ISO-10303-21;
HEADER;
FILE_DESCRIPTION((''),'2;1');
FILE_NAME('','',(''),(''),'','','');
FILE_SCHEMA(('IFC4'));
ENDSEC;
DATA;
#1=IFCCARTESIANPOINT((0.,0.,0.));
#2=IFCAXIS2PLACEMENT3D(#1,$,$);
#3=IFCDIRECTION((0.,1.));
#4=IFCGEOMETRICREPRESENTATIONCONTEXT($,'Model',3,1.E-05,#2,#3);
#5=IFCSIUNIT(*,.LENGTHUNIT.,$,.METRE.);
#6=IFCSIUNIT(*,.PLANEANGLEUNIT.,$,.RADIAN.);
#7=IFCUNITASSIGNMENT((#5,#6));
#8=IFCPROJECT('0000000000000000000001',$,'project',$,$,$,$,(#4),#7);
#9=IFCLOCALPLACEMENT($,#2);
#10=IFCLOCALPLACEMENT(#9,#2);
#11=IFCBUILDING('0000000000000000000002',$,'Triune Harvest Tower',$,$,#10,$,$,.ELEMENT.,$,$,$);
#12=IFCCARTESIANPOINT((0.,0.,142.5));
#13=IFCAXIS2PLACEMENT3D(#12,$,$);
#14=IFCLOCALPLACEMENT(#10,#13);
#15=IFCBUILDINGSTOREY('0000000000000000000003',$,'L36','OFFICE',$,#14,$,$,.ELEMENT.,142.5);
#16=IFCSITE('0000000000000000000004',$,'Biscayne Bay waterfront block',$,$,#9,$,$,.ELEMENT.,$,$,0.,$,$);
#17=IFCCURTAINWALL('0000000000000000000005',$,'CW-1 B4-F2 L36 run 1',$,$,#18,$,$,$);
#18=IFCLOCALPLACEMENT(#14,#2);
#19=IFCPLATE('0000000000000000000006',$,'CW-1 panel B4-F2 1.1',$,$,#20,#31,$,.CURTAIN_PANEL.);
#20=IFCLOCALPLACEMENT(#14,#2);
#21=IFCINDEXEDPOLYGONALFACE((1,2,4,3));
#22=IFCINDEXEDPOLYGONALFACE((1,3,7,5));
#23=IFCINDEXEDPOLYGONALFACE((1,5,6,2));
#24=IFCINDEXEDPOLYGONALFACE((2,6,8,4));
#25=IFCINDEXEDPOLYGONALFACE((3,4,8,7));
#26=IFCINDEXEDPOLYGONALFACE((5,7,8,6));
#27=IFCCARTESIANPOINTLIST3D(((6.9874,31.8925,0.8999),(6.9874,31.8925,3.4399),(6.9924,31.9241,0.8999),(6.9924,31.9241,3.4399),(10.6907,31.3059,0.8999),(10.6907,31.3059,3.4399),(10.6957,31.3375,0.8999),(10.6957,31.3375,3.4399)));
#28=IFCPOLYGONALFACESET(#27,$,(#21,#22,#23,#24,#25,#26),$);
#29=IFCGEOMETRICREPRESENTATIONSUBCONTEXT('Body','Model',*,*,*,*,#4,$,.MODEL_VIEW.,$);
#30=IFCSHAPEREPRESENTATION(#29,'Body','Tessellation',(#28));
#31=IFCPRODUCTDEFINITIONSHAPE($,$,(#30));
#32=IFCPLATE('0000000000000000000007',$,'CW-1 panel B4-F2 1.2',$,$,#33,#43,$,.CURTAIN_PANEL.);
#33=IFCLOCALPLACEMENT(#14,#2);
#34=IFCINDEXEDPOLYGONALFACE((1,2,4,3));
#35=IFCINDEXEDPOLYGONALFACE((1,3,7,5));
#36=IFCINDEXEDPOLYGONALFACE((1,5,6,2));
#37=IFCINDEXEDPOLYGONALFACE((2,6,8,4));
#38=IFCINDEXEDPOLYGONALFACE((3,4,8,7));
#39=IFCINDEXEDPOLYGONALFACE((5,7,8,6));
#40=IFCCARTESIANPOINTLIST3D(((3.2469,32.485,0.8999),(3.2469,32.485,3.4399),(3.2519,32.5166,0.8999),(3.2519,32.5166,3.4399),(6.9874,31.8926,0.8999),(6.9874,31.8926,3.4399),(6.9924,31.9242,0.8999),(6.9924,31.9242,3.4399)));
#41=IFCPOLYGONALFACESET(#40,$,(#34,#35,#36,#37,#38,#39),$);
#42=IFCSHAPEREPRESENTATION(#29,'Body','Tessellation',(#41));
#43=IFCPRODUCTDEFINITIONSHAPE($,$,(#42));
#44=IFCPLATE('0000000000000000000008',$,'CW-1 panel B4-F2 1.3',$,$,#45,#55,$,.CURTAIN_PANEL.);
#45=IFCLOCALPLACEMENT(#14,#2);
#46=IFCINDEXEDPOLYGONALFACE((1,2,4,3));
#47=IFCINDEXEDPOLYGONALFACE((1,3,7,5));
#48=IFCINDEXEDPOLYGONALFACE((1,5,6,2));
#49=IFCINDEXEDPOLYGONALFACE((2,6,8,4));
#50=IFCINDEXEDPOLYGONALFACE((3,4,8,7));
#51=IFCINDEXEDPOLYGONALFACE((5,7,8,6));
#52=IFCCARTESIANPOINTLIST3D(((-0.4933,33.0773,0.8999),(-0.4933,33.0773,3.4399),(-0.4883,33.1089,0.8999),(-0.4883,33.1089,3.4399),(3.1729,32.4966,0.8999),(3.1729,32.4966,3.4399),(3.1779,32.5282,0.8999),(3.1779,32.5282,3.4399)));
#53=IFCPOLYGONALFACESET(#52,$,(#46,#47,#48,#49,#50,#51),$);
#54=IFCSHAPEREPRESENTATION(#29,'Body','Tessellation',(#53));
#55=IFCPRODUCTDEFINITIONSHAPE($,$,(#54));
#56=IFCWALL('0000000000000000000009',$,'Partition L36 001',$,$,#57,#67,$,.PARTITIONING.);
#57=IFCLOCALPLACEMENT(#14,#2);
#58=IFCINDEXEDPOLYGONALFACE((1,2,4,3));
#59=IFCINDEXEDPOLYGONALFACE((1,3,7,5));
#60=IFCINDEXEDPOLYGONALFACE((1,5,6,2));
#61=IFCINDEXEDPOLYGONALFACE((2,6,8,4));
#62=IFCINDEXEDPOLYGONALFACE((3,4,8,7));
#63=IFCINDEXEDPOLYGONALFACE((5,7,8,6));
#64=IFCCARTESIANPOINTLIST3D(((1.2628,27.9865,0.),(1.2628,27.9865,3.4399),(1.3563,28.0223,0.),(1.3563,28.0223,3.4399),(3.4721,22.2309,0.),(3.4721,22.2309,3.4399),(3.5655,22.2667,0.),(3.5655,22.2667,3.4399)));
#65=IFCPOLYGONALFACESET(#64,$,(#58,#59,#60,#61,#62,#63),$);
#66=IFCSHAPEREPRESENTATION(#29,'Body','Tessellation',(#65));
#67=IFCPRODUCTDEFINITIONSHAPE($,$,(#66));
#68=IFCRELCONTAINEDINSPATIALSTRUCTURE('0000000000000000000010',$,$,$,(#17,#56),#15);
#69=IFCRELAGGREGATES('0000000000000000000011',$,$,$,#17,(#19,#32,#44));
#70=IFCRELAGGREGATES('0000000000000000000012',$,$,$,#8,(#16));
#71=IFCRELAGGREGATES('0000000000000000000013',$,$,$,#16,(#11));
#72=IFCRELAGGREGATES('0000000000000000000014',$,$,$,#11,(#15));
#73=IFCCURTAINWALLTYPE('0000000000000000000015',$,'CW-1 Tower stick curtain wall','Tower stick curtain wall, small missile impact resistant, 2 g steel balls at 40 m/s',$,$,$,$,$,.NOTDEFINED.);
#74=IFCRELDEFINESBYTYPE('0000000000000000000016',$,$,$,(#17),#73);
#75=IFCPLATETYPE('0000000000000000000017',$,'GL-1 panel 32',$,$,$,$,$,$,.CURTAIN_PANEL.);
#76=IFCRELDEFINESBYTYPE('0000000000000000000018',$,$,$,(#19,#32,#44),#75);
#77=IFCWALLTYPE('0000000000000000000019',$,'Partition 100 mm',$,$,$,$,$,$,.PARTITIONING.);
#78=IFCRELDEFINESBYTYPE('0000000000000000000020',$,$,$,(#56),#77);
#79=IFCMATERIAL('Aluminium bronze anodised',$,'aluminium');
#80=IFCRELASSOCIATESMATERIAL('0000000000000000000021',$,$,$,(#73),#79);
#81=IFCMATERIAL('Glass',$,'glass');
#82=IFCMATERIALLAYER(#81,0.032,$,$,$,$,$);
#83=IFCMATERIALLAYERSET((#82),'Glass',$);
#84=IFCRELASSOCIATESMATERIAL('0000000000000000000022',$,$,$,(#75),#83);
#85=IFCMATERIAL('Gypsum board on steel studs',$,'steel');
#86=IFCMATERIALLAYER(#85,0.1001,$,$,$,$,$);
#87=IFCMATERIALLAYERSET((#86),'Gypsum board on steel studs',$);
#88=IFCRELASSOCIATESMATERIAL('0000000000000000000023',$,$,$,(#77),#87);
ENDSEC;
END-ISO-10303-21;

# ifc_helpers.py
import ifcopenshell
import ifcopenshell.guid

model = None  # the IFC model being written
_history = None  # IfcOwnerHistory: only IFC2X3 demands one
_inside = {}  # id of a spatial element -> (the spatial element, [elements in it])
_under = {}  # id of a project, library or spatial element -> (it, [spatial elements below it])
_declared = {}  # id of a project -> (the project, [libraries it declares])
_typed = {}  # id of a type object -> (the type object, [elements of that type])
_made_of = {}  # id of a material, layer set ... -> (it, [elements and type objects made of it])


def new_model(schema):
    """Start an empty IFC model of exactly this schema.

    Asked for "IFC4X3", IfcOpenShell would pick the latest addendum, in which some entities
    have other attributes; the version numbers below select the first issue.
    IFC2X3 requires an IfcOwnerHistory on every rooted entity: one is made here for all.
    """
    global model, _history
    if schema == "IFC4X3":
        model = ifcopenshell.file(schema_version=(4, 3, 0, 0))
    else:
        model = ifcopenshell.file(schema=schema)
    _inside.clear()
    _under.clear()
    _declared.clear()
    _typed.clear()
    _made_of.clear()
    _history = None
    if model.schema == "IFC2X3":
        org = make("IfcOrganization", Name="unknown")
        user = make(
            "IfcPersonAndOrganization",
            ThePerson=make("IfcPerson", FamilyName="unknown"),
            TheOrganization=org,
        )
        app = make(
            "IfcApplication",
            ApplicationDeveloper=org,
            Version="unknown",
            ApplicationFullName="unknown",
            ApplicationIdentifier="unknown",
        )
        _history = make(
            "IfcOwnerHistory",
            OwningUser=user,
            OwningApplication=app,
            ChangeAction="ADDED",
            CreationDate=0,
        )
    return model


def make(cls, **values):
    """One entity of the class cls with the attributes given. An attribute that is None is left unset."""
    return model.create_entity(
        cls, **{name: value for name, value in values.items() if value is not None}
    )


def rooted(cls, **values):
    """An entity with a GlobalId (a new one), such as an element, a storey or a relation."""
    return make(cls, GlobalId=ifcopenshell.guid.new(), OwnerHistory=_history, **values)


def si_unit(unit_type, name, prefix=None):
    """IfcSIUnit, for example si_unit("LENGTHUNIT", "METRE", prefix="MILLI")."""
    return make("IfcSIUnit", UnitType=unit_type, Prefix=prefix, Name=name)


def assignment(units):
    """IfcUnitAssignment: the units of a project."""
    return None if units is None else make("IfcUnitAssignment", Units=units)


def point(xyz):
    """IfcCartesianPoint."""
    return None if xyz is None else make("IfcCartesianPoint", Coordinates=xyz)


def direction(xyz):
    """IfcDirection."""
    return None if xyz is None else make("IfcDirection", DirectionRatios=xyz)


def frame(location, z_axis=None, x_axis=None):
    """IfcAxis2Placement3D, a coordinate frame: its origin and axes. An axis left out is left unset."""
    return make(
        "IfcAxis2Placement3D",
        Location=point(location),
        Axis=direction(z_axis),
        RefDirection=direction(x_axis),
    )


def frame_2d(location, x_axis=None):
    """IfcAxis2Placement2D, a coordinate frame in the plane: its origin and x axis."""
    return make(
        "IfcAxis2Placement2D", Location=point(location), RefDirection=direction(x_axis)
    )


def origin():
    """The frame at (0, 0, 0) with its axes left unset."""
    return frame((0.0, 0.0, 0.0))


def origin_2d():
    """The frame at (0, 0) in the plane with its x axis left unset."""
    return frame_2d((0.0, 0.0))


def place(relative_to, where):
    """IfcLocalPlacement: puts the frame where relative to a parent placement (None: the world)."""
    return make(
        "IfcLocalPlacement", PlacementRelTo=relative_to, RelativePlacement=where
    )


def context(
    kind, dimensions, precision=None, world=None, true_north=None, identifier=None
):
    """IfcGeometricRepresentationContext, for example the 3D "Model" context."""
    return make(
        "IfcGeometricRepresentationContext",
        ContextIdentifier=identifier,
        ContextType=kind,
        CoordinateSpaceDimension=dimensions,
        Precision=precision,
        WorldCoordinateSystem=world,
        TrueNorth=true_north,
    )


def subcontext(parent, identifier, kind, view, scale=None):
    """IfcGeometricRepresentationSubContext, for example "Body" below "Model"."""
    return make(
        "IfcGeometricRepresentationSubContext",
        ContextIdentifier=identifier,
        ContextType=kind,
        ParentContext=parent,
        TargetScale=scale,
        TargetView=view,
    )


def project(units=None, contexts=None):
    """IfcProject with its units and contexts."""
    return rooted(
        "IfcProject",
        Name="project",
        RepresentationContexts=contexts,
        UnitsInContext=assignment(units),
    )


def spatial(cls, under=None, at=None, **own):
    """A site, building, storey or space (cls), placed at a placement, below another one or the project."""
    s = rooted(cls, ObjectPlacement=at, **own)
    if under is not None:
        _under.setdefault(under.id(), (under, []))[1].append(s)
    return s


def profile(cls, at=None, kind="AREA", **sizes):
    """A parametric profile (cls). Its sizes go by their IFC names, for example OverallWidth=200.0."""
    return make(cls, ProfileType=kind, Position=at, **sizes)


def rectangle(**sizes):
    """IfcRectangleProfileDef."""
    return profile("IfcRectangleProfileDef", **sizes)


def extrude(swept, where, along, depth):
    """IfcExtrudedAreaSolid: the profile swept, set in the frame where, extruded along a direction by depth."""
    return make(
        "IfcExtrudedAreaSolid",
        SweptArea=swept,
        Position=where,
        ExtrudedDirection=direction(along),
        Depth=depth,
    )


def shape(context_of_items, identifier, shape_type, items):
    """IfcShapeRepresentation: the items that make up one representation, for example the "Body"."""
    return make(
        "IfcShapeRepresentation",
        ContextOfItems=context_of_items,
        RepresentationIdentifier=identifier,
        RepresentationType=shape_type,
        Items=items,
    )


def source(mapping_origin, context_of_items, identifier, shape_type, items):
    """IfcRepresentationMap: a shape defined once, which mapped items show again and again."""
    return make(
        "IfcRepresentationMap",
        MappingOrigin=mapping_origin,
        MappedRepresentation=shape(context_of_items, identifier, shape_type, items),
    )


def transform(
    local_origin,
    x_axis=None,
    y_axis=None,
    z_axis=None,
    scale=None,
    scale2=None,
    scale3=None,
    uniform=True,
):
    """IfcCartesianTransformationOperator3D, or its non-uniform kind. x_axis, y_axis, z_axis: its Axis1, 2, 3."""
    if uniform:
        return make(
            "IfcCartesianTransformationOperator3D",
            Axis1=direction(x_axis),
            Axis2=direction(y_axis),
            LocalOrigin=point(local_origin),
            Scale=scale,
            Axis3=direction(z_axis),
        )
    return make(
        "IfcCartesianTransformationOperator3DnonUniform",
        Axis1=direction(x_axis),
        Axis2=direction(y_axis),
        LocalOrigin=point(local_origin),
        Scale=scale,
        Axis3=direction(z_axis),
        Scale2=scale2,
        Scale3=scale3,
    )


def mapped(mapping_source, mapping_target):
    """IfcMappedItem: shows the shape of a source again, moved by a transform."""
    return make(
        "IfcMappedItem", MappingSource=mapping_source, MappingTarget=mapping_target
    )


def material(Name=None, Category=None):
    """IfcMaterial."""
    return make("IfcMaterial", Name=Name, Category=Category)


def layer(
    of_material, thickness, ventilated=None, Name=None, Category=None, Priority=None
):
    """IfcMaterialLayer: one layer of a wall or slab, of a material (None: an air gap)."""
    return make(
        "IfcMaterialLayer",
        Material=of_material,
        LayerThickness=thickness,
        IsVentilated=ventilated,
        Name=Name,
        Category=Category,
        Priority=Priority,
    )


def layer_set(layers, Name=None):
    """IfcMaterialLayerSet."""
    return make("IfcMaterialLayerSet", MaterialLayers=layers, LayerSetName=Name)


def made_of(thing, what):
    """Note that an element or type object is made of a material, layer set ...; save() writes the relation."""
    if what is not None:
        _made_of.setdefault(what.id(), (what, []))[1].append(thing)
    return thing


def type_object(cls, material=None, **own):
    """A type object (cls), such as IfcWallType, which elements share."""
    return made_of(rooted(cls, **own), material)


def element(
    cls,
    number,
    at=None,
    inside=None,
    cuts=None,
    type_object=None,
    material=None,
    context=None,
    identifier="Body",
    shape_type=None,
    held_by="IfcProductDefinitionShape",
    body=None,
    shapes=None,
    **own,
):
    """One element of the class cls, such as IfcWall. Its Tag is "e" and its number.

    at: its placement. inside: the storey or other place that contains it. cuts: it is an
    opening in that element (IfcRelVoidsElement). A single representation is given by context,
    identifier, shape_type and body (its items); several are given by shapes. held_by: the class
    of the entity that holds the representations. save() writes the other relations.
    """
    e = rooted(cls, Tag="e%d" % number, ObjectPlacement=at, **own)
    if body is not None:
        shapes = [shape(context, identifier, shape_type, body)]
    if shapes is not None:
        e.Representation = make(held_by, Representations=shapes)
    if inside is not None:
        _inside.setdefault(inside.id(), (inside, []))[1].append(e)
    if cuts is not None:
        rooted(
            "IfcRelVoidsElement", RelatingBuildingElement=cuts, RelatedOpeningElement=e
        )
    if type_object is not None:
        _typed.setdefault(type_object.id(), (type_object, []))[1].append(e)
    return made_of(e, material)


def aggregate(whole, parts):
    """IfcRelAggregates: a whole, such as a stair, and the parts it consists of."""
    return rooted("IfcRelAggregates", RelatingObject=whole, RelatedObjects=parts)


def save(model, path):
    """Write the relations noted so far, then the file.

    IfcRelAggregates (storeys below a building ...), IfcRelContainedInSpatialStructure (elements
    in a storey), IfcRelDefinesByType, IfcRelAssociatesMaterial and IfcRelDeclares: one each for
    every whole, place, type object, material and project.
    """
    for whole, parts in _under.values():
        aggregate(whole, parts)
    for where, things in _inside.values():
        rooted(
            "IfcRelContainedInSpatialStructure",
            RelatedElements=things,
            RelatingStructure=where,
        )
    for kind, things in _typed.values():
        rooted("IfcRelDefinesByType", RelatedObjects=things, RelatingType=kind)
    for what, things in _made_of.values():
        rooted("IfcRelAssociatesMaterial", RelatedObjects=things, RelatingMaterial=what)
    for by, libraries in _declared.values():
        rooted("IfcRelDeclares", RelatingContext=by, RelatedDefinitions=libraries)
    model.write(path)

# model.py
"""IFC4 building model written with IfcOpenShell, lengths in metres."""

from ifc_helpers import new_model, si_unit, direction, frame, frame_2d, origin, origin_2d, place, context, subcontext, project, spatial, rectangle, extrude, source, transform, mapped, material, layer, layer_set, type_object, element, aggregate, save


model = new_model("IFC4")

# Units and contexts
model_context = context("Model", 3, precision=1e-05, world=origin(), true_north=direction((0.0, 1.0)))
body_context = subcontext(model_context, "Body", "Model", "MODEL_VIEW")
ifc_project = project(units=[si_unit("LENGTHUNIT", "METRE"), si_unit("PLANEANGLEUNIT", "RADIAN")], contexts=[model_context])

# Site, building, storey
site_placement = place(None, origin())
site = spatial("IfcSite", under=ifc_project, at=site_placement, Name="Biscayne Bay waterfront block", CompositionType="ELEMENT", RefElevation=0.0)
building_placement = place(site_placement, origin())
building = spatial("IfcBuilding", under=site, at=building_placement, Name="Triune Harvest Tower", CompositionType="ELEMENT")
storey_placement = place(building_placement, frame((0.0, 0.0, 142.5)))
storey = spatial("IfcBuildingStorey", under=building, at=storey_placement, Name="L36", Description="OFFICE", CompositionType="ELEMENT", Elevation=142.5)

# Curtain wall
ifc_material_1 = material(Name="Aluminium bronze anodised", Category="aluminium")
curtain_wall_type_1 = type_object("IfcCurtainWallType", Name="CW-1 Tower stick curtain wall", Description="Tower stick curtain wall, small missile impact resistant, 2 g steel balls at 40 m/s", PredefinedType="NOTDEFINED", material=ifc_material_1)
curtain_wall_1_placement = place(storey_placement, origin())
curtain_wall_1 = element("IfcCurtainWall", 1, at=curtain_wall_1_placement, inside=storey, type_object=curtain_wall_type_1, Name="CW-1 B4-F2 L36 run 1")

# Plates
ifc_material_2 = material(Name="Glass", Category="glass")
ifc_layer_1 = layer(ifc_material_2, 0.032)
ifc_layer_set_1 = layer_set([ifc_layer_1], Name="Glass")
plate_type_1 = type_object("IfcPlateType", Name="GL-1 panel 32", PredefinedType="CURTAIN_PANEL", material=ifc_layer_set_1)
shared_shape_1 = source(origin(), body_context, "Body", "SweptSolid", [
    extrude(rectangle(XDim=3.7495, YDim=0.032, at=origin_2d()), origin(), (0.0, 0.0, 1.0), 2.54),
])
plate_1_placement = place(storey_placement, frame((8.8416, 31.615, 0.8999), z_axis=(0.0, 0.0, 1.0), x_axis=(-0.987689, 0.156433, 0.0)))
plate_1 = element("IfcPlate", 2, at=plate_1_placement, type_object=plate_type_1, Name="CW-1 panel B4-F2 1.1", PredefinedType="CURTAIN_PANEL", context=body_context, shape_type="MappedRepresentation", body=[
    mapped(shared_shape_1, transform((0.0, 0.0, 0.0), scale=1.0)),
])
shared_shape_2 = source(origin(), body_context, "Body", "SweptSolid", [
    extrude(rectangle(XDim=3.7871, YDim=0.032, at=origin_2d()), origin(), (0.0, 0.0, 1.0), 2.54),
])
plate_2_placement = place(storey_placement, frame((5.1196, 32.2046, 0.8999), z_axis=(0.0, 0.0, 1.0), x_axis=(-0.987689, 0.156433, 0.0)))
plate_2 = element("IfcPlate", 3, at=plate_2_placement, type_object=plate_type_1, Name="CW-1 panel B4-F2 1.2", PredefinedType="CURTAIN_PANEL", context=body_context, shape_type="MappedRepresentation", body=[
    mapped(shared_shape_2, transform((0.0, 0.0, 0.0), scale=1.0)),
])
shared_shape_3 = source(origin(), body_context, "Body", "SweptSolid", [
    extrude(rectangle(XDim=3.7119, YDim=0.032, at=origin_2d()), origin(), (0.0, 0.0, 1.0), 2.54),
])
plate_3_placement = place(storey_placement, frame((1.3423, 32.8027, 0.8999), z_axis=(0.0, 0.0, 1.0), x_axis=(-0.987689, 0.156433, 0.0)))
plate_3 = element("IfcPlate", 4, at=plate_3_placement, type_object=plate_type_1, Name="CW-1 panel B4-F2 1.3", PredefinedType="CURTAIN_PANEL", context=body_context, shape_type="MappedRepresentation", body=[
    mapped(shared_shape_3, transform((0.0, 0.0, 0.0), scale=1.0)),
])
aggregate(curtain_wall_1, [plate_1, plate_2, plate_3])

# Wall
ifc_material_3 = material(Name="Gypsum board on steel studs", Category="steel")
ifc_layer_2 = layer(ifc_material_3, 0.1001)
ifc_layer_set_2 = layer_set([ifc_layer_2], Name="Gypsum board on steel studs")
wall_type = type_object("IfcWallType", Name="Partition 100 mm", PredefinedType="PARTITIONING", material=ifc_layer_set_2)
shared_shape_4 = source(origin(), body_context, "Body", "SweptSolid", [
    extrude(rectangle(XDim=6.165, YDim=0.1001, at=frame_2d((3.0825, 0.0))), origin(), (0.0, 0.0, 1.0), 3.4399),
])
wall_placement = place(storey_placement, frame((1.3096, 28.0044, 0.0), z_axis=(0.0, 0.0, 1.0), x_axis=(0.358347, -0.933588, 0.0)))
element("IfcWall", 5, at=wall_placement, inside=storey, type_object=wall_type, Name="Partition L36 001", PredefinedType="PARTITIONING", context=body_context, shape_type="MappedRepresentation", body=[
    mapped(shared_shape_4, transform((0.0, 0.0, 0.0), scale=1.0)),
])

save(model, "model.ifc")
